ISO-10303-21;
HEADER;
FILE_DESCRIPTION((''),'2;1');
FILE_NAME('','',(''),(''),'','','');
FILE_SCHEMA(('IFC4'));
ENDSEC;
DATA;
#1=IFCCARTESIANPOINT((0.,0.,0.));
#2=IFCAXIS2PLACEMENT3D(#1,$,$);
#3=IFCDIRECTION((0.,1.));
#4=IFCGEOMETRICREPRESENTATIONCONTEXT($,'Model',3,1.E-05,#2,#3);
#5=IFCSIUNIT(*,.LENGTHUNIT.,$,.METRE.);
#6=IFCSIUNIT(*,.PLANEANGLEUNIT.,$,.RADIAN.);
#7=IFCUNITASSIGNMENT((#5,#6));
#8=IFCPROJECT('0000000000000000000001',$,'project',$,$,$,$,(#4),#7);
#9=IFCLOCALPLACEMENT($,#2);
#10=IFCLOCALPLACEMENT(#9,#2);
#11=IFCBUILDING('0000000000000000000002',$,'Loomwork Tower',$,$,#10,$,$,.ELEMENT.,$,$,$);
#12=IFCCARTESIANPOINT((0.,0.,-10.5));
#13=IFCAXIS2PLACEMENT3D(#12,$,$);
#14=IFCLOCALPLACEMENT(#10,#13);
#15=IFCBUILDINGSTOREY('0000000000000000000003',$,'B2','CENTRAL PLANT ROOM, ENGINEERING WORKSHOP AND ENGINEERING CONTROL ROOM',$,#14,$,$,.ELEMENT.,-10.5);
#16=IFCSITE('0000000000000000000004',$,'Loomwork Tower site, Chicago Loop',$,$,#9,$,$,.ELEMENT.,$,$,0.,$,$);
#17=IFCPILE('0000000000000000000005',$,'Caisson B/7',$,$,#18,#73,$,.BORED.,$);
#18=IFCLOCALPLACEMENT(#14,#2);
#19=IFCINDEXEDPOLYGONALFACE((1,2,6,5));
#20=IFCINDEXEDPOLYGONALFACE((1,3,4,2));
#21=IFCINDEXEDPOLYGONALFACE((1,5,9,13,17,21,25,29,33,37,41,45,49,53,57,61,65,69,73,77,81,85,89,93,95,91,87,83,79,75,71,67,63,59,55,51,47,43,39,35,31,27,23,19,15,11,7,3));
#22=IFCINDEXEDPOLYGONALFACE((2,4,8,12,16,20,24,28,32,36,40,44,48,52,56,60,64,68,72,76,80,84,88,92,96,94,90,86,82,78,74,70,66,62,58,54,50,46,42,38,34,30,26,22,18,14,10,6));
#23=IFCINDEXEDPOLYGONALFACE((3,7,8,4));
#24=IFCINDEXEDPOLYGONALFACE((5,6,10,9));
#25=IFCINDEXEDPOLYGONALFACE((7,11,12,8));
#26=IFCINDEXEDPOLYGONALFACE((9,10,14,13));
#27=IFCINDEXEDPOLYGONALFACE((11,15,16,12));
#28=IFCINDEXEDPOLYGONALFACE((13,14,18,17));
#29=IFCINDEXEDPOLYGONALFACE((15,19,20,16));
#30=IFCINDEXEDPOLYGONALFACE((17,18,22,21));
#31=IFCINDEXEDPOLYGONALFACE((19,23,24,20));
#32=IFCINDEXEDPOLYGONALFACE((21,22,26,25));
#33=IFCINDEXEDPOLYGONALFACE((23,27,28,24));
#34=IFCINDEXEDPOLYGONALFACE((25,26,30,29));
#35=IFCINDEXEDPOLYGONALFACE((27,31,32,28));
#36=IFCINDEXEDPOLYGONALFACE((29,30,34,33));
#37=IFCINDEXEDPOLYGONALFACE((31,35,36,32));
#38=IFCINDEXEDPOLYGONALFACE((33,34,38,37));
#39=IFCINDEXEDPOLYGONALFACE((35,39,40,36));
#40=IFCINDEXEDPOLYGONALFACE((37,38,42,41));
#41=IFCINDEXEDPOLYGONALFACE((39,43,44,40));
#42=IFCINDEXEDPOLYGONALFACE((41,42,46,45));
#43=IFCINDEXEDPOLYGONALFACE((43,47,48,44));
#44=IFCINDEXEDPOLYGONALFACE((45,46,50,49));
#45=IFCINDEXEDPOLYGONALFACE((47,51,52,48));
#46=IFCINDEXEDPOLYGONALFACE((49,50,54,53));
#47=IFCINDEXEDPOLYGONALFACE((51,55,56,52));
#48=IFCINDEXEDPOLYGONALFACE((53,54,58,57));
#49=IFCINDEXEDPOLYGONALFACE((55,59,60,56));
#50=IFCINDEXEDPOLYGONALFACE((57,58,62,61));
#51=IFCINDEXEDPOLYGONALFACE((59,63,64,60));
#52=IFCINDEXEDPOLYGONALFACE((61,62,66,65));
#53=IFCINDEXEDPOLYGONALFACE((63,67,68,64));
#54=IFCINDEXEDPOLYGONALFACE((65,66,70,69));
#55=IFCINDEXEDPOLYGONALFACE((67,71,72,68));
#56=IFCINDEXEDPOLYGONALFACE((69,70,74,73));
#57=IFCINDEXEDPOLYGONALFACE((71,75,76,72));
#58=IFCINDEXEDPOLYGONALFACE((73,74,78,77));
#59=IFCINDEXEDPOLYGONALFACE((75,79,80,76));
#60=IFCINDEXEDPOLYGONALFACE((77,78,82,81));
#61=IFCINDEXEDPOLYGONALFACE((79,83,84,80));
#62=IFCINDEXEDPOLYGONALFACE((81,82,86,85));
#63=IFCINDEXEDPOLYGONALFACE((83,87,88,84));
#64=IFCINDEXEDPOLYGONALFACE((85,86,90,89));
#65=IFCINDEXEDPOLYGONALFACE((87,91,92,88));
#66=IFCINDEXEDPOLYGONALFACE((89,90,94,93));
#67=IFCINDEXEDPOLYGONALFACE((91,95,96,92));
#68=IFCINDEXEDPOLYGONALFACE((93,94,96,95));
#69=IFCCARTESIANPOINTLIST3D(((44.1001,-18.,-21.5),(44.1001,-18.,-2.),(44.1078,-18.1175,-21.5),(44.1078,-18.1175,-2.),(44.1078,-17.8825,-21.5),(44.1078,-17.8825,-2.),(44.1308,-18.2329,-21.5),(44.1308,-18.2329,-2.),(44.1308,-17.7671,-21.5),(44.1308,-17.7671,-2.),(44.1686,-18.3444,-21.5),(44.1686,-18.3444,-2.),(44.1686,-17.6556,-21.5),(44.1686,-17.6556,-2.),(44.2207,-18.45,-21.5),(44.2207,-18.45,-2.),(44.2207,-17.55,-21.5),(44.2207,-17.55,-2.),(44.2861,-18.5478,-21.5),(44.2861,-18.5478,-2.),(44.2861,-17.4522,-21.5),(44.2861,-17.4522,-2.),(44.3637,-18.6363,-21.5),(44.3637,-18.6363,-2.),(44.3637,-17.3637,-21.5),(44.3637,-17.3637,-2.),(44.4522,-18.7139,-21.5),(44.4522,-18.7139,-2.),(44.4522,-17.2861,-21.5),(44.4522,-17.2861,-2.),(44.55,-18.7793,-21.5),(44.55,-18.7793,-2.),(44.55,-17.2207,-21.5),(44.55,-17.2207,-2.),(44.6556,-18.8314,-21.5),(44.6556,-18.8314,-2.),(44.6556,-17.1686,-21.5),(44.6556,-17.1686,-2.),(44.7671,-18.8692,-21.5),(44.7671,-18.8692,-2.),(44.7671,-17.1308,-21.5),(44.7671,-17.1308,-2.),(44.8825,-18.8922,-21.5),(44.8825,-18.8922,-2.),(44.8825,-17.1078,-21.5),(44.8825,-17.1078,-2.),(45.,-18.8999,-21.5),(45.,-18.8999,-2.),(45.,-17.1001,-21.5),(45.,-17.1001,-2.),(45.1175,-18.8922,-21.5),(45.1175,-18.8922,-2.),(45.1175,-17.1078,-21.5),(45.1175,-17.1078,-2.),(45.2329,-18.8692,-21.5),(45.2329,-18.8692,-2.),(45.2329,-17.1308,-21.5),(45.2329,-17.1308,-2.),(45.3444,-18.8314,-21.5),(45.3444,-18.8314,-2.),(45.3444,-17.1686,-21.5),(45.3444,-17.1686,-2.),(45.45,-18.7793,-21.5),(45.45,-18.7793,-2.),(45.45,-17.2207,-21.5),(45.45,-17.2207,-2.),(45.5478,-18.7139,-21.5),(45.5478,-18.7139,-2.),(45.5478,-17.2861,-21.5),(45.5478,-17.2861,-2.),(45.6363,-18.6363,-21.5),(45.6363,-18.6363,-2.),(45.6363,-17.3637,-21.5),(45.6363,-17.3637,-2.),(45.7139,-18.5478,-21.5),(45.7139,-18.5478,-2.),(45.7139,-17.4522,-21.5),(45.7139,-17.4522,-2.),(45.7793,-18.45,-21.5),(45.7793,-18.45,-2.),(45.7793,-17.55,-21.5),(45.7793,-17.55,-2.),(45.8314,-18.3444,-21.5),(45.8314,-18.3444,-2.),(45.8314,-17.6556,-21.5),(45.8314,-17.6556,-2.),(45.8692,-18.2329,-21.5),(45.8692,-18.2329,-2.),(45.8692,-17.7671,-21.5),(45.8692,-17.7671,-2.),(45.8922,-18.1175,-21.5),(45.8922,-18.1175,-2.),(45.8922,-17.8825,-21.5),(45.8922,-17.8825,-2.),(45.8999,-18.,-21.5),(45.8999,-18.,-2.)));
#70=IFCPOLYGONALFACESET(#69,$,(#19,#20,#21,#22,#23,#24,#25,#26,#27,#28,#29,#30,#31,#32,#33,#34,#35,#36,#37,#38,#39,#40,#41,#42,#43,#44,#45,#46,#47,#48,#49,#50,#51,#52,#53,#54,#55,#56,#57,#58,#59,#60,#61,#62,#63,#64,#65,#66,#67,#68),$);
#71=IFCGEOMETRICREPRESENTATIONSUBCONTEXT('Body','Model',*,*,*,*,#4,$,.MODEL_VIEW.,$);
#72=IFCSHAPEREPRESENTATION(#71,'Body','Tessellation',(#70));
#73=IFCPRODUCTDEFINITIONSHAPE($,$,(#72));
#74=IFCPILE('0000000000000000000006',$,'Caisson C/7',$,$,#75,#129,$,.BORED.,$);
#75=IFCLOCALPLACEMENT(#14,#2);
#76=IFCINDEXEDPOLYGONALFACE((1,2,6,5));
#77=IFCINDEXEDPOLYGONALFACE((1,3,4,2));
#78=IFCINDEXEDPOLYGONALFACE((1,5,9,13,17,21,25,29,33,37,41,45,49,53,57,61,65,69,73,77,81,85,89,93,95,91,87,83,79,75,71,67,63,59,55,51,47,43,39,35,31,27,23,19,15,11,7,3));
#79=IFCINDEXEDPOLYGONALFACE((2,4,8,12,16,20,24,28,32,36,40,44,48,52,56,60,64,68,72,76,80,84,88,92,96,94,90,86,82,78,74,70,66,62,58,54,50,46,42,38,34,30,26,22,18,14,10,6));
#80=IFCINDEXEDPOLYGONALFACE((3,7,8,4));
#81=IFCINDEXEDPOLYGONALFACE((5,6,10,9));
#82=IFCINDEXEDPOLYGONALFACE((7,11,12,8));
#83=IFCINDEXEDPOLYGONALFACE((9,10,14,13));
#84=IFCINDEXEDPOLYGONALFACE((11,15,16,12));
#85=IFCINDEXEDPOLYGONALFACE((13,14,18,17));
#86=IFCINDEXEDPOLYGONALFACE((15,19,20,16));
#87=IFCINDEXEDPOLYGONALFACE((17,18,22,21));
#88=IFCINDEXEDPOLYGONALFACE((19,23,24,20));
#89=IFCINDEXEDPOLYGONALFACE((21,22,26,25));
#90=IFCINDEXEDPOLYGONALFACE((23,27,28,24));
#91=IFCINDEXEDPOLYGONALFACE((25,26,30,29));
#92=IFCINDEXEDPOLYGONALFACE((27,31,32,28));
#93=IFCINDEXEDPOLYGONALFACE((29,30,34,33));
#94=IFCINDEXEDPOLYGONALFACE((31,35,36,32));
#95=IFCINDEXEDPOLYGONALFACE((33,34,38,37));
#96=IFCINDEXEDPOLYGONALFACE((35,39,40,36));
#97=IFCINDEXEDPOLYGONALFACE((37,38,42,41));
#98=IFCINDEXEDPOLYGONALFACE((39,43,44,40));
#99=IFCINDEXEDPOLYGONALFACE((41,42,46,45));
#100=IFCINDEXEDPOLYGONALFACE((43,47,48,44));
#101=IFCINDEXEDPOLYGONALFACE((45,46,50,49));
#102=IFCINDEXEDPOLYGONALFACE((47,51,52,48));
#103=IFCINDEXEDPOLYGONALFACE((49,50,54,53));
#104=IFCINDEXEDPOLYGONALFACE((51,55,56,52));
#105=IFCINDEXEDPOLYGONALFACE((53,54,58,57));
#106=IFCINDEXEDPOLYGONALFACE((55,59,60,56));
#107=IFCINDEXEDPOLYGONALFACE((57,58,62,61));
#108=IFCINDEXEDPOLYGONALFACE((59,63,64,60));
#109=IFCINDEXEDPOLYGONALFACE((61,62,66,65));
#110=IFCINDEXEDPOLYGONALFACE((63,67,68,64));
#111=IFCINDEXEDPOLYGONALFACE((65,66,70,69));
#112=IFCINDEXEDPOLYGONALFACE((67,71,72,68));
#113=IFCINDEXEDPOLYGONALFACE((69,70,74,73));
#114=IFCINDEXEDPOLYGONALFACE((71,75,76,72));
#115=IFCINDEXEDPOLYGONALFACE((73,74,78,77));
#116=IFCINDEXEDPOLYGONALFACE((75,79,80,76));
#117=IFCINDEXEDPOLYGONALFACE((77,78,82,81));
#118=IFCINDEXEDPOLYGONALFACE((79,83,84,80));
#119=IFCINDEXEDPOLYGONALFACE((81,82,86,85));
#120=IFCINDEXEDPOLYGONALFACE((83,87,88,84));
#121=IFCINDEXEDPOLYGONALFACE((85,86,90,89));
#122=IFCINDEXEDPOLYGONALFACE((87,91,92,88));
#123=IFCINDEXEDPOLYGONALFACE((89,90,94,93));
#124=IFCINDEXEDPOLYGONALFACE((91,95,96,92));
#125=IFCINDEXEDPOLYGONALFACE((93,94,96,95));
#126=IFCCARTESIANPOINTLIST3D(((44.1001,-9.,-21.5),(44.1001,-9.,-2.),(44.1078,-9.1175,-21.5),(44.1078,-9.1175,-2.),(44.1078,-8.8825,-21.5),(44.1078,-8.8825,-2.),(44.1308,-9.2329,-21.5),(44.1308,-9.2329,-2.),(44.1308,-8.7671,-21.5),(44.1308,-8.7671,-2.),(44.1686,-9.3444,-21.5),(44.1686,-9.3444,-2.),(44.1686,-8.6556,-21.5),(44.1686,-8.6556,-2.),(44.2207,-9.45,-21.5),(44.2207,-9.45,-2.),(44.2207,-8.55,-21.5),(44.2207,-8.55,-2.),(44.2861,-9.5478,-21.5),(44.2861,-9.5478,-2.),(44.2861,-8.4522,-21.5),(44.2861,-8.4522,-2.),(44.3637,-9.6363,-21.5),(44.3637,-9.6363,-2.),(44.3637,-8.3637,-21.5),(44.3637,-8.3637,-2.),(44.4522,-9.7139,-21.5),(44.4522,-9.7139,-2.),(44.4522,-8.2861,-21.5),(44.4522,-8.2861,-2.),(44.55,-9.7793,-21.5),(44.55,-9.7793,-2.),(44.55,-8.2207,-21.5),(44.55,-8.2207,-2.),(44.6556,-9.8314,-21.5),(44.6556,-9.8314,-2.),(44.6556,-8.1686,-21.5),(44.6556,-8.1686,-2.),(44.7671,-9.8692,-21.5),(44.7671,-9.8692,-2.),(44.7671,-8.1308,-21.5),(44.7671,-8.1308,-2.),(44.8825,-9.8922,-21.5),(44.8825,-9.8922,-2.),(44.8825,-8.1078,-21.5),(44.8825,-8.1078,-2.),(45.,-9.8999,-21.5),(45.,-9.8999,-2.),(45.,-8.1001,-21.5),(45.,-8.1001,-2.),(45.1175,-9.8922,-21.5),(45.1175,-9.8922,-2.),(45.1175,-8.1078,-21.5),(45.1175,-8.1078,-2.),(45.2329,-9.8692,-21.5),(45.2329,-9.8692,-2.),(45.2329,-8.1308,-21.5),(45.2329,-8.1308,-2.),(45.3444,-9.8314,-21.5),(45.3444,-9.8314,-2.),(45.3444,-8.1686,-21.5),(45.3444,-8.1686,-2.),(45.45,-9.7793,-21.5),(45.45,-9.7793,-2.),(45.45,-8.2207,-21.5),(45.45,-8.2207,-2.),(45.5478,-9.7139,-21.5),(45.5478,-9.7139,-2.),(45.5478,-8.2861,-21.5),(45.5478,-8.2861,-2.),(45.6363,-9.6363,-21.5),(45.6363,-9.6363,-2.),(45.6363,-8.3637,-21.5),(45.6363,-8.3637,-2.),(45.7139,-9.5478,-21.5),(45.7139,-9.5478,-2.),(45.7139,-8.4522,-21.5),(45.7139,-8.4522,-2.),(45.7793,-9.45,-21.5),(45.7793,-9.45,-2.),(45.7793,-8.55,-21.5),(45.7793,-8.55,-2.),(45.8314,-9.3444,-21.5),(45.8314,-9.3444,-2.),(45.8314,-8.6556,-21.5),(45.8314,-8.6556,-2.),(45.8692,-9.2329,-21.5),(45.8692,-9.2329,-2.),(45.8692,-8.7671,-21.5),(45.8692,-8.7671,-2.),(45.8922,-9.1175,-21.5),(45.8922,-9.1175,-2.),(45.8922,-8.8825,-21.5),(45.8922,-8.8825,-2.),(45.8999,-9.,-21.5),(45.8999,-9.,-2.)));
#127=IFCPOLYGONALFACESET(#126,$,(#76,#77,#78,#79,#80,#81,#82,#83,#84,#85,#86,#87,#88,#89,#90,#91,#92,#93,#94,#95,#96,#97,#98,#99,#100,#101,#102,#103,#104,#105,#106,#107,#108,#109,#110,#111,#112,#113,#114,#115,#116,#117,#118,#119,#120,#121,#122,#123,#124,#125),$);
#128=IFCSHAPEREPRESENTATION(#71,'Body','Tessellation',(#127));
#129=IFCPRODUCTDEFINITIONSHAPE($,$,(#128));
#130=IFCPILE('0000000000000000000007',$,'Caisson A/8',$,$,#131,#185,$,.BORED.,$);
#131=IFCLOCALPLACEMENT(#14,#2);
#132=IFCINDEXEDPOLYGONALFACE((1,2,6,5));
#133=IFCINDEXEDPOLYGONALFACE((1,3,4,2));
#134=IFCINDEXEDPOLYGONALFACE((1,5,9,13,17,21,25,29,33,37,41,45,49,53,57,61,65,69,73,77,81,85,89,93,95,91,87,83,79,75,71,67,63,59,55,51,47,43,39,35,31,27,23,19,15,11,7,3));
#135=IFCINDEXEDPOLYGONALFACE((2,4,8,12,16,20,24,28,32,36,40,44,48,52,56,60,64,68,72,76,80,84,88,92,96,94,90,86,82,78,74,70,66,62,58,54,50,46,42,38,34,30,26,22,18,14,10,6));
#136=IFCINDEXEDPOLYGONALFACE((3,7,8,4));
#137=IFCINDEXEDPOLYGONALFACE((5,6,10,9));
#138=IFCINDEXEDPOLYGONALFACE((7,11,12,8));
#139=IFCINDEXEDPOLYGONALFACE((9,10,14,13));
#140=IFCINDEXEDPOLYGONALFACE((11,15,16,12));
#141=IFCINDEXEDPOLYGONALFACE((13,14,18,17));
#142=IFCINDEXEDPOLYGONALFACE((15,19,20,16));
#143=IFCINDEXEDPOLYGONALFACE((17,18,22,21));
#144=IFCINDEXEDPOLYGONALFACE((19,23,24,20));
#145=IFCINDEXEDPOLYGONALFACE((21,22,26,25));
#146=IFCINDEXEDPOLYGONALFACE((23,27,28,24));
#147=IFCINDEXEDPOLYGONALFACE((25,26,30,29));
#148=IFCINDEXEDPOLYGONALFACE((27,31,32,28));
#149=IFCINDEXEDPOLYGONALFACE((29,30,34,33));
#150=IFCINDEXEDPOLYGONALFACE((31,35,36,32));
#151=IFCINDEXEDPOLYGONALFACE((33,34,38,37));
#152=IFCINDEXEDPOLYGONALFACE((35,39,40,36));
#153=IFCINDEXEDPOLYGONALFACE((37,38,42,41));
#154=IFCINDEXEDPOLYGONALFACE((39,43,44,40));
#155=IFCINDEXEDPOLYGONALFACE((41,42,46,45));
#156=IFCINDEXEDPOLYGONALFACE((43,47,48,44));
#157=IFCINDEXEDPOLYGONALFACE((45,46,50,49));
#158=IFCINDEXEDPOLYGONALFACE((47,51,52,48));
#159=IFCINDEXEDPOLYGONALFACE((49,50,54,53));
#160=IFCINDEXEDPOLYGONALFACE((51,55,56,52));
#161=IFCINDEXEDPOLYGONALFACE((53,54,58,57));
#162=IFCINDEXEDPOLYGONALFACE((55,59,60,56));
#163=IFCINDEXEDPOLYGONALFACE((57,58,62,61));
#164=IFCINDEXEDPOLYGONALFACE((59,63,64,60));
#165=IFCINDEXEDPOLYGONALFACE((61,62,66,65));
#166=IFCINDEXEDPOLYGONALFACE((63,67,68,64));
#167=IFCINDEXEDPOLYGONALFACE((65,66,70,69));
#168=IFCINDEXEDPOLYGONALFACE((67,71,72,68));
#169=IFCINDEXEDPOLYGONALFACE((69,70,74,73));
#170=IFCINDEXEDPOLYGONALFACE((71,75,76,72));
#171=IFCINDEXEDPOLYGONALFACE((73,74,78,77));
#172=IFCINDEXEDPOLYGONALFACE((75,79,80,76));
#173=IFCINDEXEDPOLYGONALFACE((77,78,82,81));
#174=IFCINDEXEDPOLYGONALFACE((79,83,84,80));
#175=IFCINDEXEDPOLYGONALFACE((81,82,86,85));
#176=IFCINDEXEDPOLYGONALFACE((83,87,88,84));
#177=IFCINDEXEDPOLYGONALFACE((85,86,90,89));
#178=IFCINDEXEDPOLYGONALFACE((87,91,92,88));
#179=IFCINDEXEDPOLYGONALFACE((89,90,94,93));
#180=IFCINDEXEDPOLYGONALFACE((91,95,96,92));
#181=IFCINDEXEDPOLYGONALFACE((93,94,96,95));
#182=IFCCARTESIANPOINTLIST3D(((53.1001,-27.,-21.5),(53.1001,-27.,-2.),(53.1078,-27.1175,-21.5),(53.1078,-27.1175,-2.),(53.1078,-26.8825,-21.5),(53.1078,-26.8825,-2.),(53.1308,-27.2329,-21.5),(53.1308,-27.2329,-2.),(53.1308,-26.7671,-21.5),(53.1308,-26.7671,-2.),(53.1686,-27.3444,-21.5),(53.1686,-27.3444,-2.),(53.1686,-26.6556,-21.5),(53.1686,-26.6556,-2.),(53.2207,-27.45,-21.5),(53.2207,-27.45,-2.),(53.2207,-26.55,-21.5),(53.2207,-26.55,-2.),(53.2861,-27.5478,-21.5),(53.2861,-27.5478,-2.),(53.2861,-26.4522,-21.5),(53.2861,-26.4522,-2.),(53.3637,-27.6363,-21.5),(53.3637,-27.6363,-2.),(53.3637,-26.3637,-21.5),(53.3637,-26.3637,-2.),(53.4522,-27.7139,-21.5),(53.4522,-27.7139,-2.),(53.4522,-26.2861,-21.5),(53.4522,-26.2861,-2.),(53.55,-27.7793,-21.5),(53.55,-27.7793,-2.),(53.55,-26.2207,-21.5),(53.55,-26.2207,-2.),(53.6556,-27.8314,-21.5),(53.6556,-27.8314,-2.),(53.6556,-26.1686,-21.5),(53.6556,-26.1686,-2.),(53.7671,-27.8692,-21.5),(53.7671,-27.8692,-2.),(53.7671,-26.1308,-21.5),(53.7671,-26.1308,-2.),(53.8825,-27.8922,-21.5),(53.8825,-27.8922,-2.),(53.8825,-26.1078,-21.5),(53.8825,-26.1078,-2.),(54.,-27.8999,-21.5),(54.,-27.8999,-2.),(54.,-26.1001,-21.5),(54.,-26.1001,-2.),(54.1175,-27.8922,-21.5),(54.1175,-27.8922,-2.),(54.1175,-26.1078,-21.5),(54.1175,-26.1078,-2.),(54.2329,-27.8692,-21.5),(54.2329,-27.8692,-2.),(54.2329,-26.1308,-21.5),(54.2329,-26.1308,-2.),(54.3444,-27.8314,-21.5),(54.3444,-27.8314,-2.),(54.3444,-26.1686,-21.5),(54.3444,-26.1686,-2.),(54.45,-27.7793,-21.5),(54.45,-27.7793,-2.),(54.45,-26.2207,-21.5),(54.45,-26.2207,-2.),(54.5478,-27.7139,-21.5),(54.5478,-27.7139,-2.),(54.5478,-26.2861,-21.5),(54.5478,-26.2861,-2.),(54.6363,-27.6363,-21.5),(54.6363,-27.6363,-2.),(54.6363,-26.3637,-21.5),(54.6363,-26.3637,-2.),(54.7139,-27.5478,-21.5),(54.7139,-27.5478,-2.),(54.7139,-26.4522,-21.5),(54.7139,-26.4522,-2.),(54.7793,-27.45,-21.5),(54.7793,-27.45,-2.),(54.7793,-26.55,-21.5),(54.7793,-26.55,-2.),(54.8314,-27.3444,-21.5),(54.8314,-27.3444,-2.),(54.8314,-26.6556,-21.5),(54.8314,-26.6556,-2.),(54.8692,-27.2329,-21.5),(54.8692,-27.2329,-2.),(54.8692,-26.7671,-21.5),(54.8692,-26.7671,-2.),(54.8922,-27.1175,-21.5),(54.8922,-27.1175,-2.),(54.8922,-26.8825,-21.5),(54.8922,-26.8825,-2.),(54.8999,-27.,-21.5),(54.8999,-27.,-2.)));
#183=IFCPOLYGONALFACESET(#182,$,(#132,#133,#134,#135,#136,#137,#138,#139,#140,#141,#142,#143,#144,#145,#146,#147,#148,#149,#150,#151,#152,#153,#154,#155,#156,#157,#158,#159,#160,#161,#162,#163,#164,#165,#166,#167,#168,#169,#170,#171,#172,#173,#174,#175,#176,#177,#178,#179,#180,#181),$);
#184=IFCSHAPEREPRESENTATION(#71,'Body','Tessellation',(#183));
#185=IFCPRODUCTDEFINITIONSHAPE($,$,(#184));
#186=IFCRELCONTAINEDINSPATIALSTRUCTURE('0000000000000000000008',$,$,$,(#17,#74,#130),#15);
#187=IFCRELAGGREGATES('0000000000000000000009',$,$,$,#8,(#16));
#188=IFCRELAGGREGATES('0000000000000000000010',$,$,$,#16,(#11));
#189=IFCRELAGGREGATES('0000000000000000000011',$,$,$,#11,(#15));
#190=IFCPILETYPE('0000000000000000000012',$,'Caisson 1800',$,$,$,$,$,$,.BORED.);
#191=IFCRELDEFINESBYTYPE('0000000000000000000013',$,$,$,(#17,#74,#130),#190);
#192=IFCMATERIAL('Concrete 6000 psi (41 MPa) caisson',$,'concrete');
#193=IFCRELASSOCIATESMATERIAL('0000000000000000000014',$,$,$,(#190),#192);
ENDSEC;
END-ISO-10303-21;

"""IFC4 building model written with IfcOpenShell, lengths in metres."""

from ifc_helpers import new_model, si_unit, direction, frame, origin, origin_2d, place, context, subcontext, project, spatial, circle, extrude, material, material_profile, profile_set, type_object, element, save


model = new_model("IFC4")

# Units and contexts
model_context = context("Model", 3, precision=1e-05, world=origin(), true_north=direction((0.0, 1.0)))
body_context = subcontext(model_context, "Body", "Model", "MODEL_VIEW")
ifc_project = project(units=[si_unit("LENGTHUNIT", "METRE"), si_unit("PLANEANGLEUNIT", "RADIAN")], contexts=[model_context])

# Site, building, storey
site_placement = place(None, origin())
site = spatial("IfcSite", under=ifc_project, at=site_placement, Name="Loomwork Tower site, Chicago Loop", CompositionType="ELEMENT", RefElevation=0.0)
building_placement = place(site_placement, origin())
building = spatial("IfcBuilding", under=site, at=building_placement, Name="Loomwork Tower", CompositionType="ELEMENT")
storey_placement = place(building_placement, frame((0.0, 0.0, -10.5)))
storey = spatial("IfcBuildingStorey", under=building, at=storey_placement, Name="B2", Description="CENTRAL PLANT ROOM, ENGINEERING WORKSHOP AND ENGINEERING CONTROL ROOM", CompositionType="ELEMENT", Elevation=-10.5)

# Piles
ifc_material_1 = material(Name="Concrete 6000 psi (41 MPa) caisson", Category="concrete")
ifc_material_profile_1 = material_profile(ifc_material_1, circle(Radius=0.8999, at=origin_2d()), Name="D1800")
ifc_profile_set_1 = profile_set([ifc_material_profile_1], Name="Concrete 6000 psi (41 MPa) caisson")
pile_type = type_object("IfcPileType", Name="Caisson 1800", PredefinedType="BORED", material=ifc_profile_set_1)
for number, where, z_axis, x_axis, name in (
    (1, (45.0, -18.0, -2.0), (0.0, 0.0, -1.0), (1.0, 0.0, 0.0), "Caisson B/7"),
    (2, (45.0, -9.0, -2.0), (0.0, 0.0, -1.0), (1.0, 0.0, 0.0), "Caisson C/7"),
    (3, (54.0, -27.0, -2.0), (0.0, 0.0, -1.0), (1.0, 0.0, 0.0), "Caisson A/8"),
):
    element("IfcPile", number, at=place(storey_placement, frame(where, z_axis=z_axis, x_axis=x_axis)), inside=storey, type_object=pile_type, Name=name, PredefinedType="BORED", context=body_context, shape_type="SweptSolid", body=[
        extrude(circle(Radius=0.8999, at=origin_2d()), origin(), (0.0, 0.0, 1.0), 19.5),
    ])

save(model, "model.ifc")
